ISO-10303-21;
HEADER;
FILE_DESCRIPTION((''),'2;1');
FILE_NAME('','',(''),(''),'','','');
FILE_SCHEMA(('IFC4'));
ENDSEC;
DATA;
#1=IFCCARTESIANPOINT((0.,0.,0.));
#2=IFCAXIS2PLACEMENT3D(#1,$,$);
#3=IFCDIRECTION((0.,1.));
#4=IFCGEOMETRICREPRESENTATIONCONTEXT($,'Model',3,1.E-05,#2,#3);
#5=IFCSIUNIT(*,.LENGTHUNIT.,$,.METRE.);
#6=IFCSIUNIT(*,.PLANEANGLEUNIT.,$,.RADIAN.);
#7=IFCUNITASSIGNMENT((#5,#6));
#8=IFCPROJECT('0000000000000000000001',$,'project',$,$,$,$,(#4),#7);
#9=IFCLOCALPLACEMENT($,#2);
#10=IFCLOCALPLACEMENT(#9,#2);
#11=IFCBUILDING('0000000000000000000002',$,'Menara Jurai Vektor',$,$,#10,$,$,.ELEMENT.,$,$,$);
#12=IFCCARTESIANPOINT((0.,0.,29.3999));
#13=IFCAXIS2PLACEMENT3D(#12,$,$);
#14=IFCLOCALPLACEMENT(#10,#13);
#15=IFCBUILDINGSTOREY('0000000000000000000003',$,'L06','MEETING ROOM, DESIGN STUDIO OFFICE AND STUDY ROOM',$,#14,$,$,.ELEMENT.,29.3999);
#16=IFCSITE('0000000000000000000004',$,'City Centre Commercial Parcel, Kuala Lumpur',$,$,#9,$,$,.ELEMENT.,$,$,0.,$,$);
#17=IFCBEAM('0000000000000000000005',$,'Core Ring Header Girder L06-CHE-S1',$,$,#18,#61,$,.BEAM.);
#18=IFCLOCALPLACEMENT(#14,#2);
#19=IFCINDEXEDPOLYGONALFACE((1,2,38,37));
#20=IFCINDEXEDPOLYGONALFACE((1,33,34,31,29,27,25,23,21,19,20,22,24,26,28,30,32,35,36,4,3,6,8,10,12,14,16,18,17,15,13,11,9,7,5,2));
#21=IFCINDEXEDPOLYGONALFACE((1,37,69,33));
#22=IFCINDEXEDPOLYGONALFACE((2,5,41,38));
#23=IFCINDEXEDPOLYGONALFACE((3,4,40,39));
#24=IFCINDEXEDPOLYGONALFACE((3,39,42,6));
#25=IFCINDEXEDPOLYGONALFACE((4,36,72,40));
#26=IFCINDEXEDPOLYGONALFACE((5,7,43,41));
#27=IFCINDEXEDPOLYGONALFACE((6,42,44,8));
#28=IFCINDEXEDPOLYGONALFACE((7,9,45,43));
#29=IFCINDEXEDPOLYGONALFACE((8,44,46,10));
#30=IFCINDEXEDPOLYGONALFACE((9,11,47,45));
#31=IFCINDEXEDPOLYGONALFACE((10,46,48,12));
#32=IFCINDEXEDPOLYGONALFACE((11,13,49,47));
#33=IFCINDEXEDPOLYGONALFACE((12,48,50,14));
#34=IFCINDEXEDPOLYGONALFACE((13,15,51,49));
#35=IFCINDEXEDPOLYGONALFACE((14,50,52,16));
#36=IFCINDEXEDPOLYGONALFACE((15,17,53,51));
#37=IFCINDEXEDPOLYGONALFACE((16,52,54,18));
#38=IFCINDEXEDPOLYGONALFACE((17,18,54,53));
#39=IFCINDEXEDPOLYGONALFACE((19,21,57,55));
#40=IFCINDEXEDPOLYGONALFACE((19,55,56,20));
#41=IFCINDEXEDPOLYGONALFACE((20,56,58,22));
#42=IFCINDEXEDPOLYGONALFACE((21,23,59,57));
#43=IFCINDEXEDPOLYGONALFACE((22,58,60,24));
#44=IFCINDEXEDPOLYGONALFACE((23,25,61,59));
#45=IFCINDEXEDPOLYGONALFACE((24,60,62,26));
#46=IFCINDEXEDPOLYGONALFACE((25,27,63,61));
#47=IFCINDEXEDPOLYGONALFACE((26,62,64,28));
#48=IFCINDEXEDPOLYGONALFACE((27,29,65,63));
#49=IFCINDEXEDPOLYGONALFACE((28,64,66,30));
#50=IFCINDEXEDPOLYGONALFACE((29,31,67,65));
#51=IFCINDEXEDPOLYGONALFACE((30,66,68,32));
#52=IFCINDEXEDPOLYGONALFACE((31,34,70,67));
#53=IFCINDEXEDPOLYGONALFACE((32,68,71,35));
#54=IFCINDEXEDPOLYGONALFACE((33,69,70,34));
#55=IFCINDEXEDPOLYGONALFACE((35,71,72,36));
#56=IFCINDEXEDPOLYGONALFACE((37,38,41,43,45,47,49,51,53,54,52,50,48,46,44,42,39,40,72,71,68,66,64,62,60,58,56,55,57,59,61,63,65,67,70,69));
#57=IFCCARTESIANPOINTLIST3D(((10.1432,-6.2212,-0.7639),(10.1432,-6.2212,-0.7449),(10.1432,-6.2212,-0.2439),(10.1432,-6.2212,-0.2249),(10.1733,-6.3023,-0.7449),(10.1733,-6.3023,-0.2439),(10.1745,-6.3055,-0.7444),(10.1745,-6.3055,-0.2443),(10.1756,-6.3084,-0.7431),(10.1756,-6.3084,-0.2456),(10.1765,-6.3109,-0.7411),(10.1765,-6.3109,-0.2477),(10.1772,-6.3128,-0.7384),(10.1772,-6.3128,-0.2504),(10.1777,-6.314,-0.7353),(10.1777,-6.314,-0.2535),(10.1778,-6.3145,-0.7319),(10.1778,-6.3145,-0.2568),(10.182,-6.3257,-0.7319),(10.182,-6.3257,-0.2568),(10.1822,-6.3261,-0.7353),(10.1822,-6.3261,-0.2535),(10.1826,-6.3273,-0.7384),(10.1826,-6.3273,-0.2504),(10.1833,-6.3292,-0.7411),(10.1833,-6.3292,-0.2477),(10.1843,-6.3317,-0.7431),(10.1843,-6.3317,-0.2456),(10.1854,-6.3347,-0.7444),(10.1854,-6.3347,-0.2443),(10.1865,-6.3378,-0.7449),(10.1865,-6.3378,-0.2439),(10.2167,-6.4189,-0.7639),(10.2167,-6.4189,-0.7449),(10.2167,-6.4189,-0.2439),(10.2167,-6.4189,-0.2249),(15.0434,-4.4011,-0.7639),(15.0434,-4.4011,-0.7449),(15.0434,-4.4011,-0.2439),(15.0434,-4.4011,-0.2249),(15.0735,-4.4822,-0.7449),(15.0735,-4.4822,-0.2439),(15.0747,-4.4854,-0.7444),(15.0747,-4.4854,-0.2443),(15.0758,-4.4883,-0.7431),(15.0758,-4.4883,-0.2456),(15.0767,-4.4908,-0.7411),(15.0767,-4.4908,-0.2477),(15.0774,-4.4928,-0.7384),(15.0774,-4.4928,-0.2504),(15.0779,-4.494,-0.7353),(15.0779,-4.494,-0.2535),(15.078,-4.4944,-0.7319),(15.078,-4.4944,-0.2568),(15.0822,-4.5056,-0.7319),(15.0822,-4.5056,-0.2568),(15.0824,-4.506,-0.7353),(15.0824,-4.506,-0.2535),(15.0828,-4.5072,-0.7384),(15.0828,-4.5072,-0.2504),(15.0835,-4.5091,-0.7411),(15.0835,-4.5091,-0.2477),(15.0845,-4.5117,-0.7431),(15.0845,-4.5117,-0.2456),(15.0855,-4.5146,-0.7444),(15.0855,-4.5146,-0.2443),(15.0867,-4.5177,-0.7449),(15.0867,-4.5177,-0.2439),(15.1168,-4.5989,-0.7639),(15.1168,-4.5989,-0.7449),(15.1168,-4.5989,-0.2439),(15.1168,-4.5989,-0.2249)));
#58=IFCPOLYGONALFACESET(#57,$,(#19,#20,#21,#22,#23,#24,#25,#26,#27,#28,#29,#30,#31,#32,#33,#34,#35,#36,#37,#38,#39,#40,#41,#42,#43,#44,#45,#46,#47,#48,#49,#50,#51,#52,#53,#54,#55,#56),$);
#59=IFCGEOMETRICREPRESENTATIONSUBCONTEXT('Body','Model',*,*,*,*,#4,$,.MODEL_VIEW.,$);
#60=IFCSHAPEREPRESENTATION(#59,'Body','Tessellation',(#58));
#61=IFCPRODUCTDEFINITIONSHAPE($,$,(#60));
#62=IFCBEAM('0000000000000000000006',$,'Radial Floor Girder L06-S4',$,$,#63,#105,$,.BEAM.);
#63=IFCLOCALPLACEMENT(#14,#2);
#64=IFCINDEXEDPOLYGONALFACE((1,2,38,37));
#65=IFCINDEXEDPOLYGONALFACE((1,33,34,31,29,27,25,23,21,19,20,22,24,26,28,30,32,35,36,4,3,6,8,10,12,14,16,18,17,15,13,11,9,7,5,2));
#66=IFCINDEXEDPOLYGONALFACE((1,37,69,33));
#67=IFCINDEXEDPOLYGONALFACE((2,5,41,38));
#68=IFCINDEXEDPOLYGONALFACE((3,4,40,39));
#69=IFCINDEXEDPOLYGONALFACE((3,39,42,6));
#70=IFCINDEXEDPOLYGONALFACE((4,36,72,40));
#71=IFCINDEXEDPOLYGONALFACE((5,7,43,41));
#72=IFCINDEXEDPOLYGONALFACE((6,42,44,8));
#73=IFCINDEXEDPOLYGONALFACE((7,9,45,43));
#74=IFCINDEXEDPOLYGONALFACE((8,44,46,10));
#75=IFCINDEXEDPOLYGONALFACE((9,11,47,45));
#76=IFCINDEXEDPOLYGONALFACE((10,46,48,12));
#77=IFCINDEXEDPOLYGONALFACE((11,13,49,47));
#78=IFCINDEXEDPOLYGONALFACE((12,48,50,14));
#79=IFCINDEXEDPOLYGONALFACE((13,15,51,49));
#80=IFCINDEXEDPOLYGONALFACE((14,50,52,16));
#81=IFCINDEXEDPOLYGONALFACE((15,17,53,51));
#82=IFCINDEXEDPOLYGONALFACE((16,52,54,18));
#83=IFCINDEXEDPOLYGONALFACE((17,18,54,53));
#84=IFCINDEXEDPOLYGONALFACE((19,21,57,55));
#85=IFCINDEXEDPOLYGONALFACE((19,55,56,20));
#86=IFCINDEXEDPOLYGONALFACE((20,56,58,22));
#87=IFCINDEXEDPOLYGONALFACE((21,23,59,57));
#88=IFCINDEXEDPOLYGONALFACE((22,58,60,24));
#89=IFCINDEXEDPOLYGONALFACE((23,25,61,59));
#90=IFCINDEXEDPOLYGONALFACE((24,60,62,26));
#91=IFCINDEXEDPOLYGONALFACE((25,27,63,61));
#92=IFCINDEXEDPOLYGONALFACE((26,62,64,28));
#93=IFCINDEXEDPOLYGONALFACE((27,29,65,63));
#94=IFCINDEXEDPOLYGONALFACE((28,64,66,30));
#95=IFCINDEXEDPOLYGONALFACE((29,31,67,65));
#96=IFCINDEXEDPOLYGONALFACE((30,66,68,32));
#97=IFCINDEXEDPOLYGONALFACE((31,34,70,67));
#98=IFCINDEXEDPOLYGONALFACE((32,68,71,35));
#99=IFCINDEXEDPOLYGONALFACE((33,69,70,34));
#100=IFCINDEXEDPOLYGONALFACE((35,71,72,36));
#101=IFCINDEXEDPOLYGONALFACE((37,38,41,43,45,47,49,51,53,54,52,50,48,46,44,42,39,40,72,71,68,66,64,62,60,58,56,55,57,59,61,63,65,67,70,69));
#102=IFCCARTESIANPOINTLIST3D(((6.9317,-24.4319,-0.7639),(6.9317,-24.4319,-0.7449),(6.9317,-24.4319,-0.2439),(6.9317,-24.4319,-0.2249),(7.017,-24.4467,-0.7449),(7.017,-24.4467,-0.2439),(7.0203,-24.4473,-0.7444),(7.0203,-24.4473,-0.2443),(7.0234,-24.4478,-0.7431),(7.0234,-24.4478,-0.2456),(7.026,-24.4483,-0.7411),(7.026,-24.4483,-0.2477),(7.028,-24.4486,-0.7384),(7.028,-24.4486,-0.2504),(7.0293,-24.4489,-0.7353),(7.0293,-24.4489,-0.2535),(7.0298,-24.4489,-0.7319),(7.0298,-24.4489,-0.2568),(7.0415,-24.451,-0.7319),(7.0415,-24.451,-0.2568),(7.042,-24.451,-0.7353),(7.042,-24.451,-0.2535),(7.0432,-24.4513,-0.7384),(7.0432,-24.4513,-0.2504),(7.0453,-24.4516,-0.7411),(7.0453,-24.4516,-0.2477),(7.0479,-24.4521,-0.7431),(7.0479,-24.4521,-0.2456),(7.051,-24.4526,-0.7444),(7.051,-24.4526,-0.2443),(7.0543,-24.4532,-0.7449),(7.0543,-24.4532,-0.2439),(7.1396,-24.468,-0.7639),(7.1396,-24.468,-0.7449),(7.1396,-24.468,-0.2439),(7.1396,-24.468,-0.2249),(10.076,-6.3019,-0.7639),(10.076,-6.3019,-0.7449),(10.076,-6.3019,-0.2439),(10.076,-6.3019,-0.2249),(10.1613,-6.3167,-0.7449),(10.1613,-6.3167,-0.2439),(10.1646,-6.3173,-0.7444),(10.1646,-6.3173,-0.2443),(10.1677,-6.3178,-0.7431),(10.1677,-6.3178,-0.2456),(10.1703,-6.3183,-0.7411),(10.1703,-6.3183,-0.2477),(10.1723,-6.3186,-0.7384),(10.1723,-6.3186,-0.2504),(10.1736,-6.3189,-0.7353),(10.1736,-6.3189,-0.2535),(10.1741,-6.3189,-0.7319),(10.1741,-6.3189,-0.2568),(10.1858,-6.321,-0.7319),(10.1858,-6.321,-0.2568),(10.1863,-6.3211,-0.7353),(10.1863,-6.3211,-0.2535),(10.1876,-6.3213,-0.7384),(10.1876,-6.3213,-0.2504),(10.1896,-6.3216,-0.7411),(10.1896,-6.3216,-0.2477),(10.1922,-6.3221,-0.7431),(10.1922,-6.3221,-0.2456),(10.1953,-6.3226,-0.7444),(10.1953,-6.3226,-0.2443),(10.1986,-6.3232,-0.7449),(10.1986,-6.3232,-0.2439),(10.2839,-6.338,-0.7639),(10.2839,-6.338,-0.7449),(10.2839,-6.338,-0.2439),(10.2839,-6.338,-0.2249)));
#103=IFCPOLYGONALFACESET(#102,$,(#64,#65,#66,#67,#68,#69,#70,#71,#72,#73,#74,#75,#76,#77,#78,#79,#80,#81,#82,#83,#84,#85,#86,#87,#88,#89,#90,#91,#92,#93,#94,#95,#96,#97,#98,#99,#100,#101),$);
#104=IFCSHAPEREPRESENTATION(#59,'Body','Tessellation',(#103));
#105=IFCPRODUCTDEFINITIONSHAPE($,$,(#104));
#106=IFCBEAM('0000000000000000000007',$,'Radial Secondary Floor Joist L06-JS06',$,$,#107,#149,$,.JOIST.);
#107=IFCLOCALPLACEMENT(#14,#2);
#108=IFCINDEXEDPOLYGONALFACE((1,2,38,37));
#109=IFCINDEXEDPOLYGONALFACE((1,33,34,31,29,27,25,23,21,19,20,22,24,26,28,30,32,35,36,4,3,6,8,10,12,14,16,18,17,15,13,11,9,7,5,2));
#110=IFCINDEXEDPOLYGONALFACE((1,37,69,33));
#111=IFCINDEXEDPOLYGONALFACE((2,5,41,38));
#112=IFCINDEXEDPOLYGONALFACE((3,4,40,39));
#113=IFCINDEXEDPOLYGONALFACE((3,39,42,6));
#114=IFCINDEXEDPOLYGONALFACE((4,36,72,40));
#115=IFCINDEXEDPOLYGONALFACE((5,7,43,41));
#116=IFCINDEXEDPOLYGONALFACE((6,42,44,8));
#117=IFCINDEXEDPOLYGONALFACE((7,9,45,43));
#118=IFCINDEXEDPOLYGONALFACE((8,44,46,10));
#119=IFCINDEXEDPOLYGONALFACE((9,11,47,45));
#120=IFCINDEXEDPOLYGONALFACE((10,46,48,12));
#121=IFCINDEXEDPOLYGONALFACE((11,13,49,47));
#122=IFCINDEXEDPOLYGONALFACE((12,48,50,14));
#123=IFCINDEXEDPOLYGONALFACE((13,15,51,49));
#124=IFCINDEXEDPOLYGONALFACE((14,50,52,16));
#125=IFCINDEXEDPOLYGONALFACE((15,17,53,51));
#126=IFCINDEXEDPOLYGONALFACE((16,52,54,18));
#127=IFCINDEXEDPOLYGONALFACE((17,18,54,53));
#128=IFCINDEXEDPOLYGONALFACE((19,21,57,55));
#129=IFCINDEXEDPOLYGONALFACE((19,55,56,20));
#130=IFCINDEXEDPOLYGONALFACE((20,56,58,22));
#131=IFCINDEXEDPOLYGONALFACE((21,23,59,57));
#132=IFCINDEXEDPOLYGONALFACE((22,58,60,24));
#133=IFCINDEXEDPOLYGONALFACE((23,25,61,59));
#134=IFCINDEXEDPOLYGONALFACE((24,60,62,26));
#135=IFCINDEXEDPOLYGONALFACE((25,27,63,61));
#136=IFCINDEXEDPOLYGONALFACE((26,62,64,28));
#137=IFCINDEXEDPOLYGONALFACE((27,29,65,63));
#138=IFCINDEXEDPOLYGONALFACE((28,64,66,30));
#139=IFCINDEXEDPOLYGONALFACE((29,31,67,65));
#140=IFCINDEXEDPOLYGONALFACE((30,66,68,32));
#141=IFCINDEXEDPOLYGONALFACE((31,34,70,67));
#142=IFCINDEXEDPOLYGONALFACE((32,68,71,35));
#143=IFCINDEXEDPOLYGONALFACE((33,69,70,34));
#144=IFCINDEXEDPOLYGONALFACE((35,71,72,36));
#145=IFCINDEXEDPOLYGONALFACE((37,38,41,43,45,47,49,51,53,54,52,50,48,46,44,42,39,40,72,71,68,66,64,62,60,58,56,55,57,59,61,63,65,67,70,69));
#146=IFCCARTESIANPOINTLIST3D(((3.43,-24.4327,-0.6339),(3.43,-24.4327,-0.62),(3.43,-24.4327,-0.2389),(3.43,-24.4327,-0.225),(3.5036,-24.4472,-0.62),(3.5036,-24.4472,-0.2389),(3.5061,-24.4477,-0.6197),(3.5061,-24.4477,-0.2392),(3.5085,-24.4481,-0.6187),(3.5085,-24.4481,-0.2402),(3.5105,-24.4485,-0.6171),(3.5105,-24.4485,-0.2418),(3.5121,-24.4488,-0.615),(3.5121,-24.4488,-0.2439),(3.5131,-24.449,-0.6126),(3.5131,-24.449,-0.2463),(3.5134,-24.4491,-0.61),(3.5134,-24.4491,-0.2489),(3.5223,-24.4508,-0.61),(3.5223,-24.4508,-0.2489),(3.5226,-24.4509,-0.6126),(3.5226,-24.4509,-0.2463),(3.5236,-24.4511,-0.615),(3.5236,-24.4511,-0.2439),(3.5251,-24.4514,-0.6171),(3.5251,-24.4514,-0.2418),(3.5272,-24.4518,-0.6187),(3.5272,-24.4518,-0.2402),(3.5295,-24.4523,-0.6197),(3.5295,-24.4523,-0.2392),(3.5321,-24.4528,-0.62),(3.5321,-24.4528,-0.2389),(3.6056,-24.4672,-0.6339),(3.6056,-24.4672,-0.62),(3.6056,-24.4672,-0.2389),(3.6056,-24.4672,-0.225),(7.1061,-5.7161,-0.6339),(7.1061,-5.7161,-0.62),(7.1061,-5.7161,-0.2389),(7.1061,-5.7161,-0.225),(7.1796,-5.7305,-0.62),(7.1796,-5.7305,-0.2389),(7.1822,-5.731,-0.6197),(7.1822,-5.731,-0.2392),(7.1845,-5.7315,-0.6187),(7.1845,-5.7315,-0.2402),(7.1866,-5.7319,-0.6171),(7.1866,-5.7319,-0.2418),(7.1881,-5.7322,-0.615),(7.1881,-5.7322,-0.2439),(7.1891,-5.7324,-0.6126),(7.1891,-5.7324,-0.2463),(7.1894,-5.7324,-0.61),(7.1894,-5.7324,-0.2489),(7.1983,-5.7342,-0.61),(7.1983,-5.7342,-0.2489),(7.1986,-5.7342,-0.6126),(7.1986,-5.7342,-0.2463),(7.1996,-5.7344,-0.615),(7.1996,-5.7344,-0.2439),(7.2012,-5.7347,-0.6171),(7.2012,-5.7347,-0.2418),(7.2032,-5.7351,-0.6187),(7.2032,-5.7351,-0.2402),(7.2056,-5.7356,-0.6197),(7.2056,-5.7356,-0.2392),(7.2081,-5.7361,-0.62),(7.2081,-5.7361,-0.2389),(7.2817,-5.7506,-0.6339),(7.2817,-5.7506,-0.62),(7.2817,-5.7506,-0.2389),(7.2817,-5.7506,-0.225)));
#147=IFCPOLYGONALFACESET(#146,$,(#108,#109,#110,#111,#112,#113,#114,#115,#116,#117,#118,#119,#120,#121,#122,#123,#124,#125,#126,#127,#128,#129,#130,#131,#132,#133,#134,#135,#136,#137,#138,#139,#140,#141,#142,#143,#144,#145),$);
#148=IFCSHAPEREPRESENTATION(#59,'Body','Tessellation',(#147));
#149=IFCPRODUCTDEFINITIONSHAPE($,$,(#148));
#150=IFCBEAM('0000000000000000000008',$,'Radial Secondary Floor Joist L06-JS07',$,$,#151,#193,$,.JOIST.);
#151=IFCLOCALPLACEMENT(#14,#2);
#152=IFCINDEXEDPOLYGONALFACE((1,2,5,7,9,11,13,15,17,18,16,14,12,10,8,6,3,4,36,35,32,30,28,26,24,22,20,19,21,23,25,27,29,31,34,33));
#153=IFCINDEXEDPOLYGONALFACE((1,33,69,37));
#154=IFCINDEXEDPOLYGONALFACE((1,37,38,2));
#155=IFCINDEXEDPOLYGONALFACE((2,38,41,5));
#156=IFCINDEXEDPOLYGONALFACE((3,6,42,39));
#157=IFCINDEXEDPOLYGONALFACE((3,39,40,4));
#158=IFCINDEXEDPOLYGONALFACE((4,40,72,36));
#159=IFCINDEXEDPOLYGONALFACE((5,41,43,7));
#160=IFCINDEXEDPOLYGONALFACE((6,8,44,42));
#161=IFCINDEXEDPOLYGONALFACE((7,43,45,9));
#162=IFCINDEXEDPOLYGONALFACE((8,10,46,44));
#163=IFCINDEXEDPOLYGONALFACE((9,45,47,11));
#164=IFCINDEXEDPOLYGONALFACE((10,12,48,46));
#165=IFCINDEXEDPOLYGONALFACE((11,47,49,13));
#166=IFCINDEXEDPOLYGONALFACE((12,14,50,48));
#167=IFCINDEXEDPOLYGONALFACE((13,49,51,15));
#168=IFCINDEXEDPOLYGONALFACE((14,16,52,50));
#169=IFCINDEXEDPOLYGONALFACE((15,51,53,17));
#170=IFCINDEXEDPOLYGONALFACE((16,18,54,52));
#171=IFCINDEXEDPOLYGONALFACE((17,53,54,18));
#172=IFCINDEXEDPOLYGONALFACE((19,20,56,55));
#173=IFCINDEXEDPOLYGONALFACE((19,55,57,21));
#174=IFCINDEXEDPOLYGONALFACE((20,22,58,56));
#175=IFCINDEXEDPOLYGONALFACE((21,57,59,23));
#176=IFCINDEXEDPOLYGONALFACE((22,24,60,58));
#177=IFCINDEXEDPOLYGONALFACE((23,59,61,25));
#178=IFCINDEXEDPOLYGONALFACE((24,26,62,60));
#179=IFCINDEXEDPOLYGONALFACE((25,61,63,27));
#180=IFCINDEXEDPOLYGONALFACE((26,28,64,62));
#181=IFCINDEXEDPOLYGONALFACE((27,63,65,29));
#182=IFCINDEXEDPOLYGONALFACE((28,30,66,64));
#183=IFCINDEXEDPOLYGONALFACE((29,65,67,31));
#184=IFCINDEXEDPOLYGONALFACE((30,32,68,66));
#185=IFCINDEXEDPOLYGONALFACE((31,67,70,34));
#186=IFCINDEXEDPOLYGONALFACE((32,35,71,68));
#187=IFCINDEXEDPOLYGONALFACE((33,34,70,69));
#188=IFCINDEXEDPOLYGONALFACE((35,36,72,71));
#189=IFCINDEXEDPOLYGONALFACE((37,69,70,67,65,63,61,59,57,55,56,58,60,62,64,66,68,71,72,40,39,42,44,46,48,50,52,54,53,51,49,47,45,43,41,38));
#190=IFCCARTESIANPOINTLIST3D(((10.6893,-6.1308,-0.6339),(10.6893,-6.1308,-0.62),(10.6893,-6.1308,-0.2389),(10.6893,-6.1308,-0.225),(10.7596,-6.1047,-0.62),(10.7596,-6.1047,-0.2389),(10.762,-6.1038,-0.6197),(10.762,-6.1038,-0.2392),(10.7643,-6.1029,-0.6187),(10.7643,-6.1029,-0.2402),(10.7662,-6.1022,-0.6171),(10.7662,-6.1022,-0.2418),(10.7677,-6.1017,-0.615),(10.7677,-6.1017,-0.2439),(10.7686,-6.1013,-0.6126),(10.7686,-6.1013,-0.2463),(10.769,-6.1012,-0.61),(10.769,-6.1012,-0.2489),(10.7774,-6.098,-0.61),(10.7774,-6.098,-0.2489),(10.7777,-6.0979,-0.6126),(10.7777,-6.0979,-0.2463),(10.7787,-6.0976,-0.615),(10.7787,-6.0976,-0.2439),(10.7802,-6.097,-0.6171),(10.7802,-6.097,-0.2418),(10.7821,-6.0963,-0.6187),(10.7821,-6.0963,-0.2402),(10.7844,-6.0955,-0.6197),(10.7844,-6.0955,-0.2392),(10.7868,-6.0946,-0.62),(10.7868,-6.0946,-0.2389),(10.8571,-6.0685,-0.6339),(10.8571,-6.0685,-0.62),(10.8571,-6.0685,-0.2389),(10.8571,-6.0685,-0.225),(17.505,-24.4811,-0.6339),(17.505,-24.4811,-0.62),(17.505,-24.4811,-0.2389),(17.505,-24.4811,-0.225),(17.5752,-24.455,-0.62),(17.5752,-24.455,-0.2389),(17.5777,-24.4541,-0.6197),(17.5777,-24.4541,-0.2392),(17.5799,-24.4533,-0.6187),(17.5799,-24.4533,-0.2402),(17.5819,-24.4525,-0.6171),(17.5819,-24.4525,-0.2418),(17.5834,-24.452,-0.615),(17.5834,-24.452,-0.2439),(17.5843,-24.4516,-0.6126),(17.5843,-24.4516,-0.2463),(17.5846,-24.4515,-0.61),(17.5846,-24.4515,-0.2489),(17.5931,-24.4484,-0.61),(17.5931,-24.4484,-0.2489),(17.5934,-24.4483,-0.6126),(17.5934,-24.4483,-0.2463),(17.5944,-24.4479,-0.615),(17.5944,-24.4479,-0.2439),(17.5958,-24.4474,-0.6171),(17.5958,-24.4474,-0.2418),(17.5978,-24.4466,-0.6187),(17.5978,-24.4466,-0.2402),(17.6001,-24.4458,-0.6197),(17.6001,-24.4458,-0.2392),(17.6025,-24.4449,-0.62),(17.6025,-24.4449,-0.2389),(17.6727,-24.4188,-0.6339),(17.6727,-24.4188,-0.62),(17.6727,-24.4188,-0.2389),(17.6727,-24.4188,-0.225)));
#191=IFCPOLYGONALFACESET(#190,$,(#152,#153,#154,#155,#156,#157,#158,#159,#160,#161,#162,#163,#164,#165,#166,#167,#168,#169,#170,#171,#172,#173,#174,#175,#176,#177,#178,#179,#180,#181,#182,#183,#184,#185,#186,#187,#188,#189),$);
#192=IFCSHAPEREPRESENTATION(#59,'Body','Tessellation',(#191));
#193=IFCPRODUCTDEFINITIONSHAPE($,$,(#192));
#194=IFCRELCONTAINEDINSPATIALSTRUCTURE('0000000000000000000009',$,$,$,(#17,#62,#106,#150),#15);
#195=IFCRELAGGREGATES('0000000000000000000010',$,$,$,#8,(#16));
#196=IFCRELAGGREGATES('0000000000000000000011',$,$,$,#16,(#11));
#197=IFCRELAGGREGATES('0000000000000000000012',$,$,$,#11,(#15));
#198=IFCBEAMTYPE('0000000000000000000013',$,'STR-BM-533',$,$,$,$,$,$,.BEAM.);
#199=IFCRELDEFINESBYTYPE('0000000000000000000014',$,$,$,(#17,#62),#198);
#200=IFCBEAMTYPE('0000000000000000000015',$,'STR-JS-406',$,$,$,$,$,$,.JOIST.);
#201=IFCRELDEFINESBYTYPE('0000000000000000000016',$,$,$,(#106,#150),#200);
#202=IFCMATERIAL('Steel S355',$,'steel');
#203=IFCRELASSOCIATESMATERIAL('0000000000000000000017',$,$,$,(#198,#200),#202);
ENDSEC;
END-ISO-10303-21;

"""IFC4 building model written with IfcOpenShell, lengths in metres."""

from ifc_helpers import new_model, si_unit, direction, frame, origin, origin_2d, place, context, subcontext, project, spatial, i_section, extrude, material, material_profile, profile_set, type_object, element, save


model = new_model("IFC4")

# Units and contexts
model_context = context("Model", 3, precision=1e-05, world=origin(), true_north=direction((0.0, 1.0)))
body_context = subcontext(model_context, "Body", "Model", "MODEL_VIEW")
ifc_project = project(units=[si_unit("LENGTHUNIT", "METRE"), si_unit("PLANEANGLEUNIT", "RADIAN")], contexts=[model_context])

# Site, building, storey
site_placement = place(None, origin())
site = spatial("IfcSite", under=ifc_project, at=site_placement, Name="City Centre Commercial Parcel, Kuala Lumpur", CompositionType="ELEMENT", RefElevation=0.0)
building_placement = place(site_placement, origin())
building = spatial("IfcBuilding", under=site, at=building_placement, Name="Menara Jurai Vektor", CompositionType="ELEMENT")
storey_placement = place(building_placement, frame((0.0, 0.0, 29.3999)))
storey = spatial("IfcBuildingStorey", under=building, at=storey_placement, Name="L06", Description="MEETING ROOM, DESIGN STUDIO OFFICE AND STUDY ROOM", CompositionType="ELEMENT", Elevation=29.3999)

# Beams
ifc_material_1 = material(Name="Steel S355", Category="steel")
ifc_material_profile_1 = material_profile(ifc_material_1, i_section(OverallWidth=0.2109, OverallDepth=0.5391, WebThickness=0.012, FlangeThickness=0.019, FilletRadius=0.0129, at=origin_2d()), Name="UKB 533x210x109")
ifc_profile_set_1 = profile_set([ifc_material_profile_1], Name="Steel S355")
beam_type_1 = type_object("IfcBeamType", Name="STR-BM-533", PredefinedType="BEAM", material=ifc_profile_set_1)
beam_1_placement = place(storey_placement, frame((10.1799, -6.3201, -0.4944), z_axis=(0.937424, 0.348189, 0.0), x_axis=(-0.348189, 0.937424, 0.0)))
element("IfcBeam", 1, at=beam_1_placement, inside=storey, type_object=beam_type_1, Name="Core Ring Header Girder L06-CHE-S1", PredefinedType="BEAM", context=body_context, shape_type="SweptSolid", body=[
    extrude(i_section(OverallWidth=0.2109, OverallDepth=0.5391, WebThickness=0.012, FlangeThickness=0.019, FilletRadius=0.0129, at=origin_2d()), origin(), (0.0, 0.0, 1.0), 5.2273),
])
beam_2_placement = place(storey_placement, frame((7.0356, -24.45, -0.4944), z_axis=(0.17088, 0.985292, 0.0), x_axis=(-0.985292, 0.17088, 0.0)))
element("IfcBeam", 2, at=beam_2_placement, inside=storey, type_object=beam_type_1, Name="Radial Floor Girder L06-S4", PredefinedType="BEAM", context=body_context, shape_type="SweptSolid", body=[
    extrude(i_section(OverallWidth=0.2109, OverallDepth=0.5391, WebThickness=0.012, FlangeThickness=0.019, FilletRadius=0.0129, at=origin_2d()), origin(), (0.0, 0.0, 1.0), 18.4006),
])
ifc_material_profile_2 = material_profile(ifc_material_1, i_section(OverallWidth=0.179, OverallDepth=0.4089, WebThickness=0.009, FlangeThickness=0.0139, FilletRadius=0.01, at=origin_2d()), Name="UKB 406x178x67")
ifc_profile_set_2 = profile_set([ifc_material_profile_2], Name="Steel S355")
beam_type_2 = type_object("IfcBeamType", Name="STR-JS-406", PredefinedType="JOIST", material=ifc_profile_set_2)
beam_3_placement = place(storey_placement, frame((3.5178, -24.45, -0.4294), z_axis=(0.192723, 0.981253, 0.0), x_axis=(-0.981253, 0.192723, 0.0)))
element("IfcBeam", 3, at=beam_3_placement, inside=storey, type_object=beam_type_2, Name="Radial Secondary Floor Joist L06-JS06", PredefinedType="JOIST", context=body_context, shape_type="SweptSolid", body=[
    extrude(i_section(OverallWidth=0.179, OverallDepth=0.4089, WebThickness=0.009, FlangeThickness=0.0139, FilletRadius=0.01, at=origin_2d()), origin(), (0.0, 0.0, 1.0), 19.0742),
])
beam_4_placement = place(storey_placement, frame((17.5889, -24.45, -0.4294), z_axis=(-0.348179, 0.937428, 0.0), x_axis=(-0.937428, -0.348179, 0.0)))
element("IfcBeam", 4, at=beam_4_placement, inside=storey, type_object=beam_type_2, Name="Radial Secondary Floor Joist L06-JS07", PredefinedType="JOIST", context=body_context, shape_type="SweptSolid", body=[
    extrude(i_section(OverallWidth=0.179, OverallDepth=0.4089, WebThickness=0.009, FlangeThickness=0.0139, FilletRadius=0.01, at=origin_2d()), origin(), (0.0, 0.0, 1.0), 19.5752),
])

save(model, "model.ifc")
